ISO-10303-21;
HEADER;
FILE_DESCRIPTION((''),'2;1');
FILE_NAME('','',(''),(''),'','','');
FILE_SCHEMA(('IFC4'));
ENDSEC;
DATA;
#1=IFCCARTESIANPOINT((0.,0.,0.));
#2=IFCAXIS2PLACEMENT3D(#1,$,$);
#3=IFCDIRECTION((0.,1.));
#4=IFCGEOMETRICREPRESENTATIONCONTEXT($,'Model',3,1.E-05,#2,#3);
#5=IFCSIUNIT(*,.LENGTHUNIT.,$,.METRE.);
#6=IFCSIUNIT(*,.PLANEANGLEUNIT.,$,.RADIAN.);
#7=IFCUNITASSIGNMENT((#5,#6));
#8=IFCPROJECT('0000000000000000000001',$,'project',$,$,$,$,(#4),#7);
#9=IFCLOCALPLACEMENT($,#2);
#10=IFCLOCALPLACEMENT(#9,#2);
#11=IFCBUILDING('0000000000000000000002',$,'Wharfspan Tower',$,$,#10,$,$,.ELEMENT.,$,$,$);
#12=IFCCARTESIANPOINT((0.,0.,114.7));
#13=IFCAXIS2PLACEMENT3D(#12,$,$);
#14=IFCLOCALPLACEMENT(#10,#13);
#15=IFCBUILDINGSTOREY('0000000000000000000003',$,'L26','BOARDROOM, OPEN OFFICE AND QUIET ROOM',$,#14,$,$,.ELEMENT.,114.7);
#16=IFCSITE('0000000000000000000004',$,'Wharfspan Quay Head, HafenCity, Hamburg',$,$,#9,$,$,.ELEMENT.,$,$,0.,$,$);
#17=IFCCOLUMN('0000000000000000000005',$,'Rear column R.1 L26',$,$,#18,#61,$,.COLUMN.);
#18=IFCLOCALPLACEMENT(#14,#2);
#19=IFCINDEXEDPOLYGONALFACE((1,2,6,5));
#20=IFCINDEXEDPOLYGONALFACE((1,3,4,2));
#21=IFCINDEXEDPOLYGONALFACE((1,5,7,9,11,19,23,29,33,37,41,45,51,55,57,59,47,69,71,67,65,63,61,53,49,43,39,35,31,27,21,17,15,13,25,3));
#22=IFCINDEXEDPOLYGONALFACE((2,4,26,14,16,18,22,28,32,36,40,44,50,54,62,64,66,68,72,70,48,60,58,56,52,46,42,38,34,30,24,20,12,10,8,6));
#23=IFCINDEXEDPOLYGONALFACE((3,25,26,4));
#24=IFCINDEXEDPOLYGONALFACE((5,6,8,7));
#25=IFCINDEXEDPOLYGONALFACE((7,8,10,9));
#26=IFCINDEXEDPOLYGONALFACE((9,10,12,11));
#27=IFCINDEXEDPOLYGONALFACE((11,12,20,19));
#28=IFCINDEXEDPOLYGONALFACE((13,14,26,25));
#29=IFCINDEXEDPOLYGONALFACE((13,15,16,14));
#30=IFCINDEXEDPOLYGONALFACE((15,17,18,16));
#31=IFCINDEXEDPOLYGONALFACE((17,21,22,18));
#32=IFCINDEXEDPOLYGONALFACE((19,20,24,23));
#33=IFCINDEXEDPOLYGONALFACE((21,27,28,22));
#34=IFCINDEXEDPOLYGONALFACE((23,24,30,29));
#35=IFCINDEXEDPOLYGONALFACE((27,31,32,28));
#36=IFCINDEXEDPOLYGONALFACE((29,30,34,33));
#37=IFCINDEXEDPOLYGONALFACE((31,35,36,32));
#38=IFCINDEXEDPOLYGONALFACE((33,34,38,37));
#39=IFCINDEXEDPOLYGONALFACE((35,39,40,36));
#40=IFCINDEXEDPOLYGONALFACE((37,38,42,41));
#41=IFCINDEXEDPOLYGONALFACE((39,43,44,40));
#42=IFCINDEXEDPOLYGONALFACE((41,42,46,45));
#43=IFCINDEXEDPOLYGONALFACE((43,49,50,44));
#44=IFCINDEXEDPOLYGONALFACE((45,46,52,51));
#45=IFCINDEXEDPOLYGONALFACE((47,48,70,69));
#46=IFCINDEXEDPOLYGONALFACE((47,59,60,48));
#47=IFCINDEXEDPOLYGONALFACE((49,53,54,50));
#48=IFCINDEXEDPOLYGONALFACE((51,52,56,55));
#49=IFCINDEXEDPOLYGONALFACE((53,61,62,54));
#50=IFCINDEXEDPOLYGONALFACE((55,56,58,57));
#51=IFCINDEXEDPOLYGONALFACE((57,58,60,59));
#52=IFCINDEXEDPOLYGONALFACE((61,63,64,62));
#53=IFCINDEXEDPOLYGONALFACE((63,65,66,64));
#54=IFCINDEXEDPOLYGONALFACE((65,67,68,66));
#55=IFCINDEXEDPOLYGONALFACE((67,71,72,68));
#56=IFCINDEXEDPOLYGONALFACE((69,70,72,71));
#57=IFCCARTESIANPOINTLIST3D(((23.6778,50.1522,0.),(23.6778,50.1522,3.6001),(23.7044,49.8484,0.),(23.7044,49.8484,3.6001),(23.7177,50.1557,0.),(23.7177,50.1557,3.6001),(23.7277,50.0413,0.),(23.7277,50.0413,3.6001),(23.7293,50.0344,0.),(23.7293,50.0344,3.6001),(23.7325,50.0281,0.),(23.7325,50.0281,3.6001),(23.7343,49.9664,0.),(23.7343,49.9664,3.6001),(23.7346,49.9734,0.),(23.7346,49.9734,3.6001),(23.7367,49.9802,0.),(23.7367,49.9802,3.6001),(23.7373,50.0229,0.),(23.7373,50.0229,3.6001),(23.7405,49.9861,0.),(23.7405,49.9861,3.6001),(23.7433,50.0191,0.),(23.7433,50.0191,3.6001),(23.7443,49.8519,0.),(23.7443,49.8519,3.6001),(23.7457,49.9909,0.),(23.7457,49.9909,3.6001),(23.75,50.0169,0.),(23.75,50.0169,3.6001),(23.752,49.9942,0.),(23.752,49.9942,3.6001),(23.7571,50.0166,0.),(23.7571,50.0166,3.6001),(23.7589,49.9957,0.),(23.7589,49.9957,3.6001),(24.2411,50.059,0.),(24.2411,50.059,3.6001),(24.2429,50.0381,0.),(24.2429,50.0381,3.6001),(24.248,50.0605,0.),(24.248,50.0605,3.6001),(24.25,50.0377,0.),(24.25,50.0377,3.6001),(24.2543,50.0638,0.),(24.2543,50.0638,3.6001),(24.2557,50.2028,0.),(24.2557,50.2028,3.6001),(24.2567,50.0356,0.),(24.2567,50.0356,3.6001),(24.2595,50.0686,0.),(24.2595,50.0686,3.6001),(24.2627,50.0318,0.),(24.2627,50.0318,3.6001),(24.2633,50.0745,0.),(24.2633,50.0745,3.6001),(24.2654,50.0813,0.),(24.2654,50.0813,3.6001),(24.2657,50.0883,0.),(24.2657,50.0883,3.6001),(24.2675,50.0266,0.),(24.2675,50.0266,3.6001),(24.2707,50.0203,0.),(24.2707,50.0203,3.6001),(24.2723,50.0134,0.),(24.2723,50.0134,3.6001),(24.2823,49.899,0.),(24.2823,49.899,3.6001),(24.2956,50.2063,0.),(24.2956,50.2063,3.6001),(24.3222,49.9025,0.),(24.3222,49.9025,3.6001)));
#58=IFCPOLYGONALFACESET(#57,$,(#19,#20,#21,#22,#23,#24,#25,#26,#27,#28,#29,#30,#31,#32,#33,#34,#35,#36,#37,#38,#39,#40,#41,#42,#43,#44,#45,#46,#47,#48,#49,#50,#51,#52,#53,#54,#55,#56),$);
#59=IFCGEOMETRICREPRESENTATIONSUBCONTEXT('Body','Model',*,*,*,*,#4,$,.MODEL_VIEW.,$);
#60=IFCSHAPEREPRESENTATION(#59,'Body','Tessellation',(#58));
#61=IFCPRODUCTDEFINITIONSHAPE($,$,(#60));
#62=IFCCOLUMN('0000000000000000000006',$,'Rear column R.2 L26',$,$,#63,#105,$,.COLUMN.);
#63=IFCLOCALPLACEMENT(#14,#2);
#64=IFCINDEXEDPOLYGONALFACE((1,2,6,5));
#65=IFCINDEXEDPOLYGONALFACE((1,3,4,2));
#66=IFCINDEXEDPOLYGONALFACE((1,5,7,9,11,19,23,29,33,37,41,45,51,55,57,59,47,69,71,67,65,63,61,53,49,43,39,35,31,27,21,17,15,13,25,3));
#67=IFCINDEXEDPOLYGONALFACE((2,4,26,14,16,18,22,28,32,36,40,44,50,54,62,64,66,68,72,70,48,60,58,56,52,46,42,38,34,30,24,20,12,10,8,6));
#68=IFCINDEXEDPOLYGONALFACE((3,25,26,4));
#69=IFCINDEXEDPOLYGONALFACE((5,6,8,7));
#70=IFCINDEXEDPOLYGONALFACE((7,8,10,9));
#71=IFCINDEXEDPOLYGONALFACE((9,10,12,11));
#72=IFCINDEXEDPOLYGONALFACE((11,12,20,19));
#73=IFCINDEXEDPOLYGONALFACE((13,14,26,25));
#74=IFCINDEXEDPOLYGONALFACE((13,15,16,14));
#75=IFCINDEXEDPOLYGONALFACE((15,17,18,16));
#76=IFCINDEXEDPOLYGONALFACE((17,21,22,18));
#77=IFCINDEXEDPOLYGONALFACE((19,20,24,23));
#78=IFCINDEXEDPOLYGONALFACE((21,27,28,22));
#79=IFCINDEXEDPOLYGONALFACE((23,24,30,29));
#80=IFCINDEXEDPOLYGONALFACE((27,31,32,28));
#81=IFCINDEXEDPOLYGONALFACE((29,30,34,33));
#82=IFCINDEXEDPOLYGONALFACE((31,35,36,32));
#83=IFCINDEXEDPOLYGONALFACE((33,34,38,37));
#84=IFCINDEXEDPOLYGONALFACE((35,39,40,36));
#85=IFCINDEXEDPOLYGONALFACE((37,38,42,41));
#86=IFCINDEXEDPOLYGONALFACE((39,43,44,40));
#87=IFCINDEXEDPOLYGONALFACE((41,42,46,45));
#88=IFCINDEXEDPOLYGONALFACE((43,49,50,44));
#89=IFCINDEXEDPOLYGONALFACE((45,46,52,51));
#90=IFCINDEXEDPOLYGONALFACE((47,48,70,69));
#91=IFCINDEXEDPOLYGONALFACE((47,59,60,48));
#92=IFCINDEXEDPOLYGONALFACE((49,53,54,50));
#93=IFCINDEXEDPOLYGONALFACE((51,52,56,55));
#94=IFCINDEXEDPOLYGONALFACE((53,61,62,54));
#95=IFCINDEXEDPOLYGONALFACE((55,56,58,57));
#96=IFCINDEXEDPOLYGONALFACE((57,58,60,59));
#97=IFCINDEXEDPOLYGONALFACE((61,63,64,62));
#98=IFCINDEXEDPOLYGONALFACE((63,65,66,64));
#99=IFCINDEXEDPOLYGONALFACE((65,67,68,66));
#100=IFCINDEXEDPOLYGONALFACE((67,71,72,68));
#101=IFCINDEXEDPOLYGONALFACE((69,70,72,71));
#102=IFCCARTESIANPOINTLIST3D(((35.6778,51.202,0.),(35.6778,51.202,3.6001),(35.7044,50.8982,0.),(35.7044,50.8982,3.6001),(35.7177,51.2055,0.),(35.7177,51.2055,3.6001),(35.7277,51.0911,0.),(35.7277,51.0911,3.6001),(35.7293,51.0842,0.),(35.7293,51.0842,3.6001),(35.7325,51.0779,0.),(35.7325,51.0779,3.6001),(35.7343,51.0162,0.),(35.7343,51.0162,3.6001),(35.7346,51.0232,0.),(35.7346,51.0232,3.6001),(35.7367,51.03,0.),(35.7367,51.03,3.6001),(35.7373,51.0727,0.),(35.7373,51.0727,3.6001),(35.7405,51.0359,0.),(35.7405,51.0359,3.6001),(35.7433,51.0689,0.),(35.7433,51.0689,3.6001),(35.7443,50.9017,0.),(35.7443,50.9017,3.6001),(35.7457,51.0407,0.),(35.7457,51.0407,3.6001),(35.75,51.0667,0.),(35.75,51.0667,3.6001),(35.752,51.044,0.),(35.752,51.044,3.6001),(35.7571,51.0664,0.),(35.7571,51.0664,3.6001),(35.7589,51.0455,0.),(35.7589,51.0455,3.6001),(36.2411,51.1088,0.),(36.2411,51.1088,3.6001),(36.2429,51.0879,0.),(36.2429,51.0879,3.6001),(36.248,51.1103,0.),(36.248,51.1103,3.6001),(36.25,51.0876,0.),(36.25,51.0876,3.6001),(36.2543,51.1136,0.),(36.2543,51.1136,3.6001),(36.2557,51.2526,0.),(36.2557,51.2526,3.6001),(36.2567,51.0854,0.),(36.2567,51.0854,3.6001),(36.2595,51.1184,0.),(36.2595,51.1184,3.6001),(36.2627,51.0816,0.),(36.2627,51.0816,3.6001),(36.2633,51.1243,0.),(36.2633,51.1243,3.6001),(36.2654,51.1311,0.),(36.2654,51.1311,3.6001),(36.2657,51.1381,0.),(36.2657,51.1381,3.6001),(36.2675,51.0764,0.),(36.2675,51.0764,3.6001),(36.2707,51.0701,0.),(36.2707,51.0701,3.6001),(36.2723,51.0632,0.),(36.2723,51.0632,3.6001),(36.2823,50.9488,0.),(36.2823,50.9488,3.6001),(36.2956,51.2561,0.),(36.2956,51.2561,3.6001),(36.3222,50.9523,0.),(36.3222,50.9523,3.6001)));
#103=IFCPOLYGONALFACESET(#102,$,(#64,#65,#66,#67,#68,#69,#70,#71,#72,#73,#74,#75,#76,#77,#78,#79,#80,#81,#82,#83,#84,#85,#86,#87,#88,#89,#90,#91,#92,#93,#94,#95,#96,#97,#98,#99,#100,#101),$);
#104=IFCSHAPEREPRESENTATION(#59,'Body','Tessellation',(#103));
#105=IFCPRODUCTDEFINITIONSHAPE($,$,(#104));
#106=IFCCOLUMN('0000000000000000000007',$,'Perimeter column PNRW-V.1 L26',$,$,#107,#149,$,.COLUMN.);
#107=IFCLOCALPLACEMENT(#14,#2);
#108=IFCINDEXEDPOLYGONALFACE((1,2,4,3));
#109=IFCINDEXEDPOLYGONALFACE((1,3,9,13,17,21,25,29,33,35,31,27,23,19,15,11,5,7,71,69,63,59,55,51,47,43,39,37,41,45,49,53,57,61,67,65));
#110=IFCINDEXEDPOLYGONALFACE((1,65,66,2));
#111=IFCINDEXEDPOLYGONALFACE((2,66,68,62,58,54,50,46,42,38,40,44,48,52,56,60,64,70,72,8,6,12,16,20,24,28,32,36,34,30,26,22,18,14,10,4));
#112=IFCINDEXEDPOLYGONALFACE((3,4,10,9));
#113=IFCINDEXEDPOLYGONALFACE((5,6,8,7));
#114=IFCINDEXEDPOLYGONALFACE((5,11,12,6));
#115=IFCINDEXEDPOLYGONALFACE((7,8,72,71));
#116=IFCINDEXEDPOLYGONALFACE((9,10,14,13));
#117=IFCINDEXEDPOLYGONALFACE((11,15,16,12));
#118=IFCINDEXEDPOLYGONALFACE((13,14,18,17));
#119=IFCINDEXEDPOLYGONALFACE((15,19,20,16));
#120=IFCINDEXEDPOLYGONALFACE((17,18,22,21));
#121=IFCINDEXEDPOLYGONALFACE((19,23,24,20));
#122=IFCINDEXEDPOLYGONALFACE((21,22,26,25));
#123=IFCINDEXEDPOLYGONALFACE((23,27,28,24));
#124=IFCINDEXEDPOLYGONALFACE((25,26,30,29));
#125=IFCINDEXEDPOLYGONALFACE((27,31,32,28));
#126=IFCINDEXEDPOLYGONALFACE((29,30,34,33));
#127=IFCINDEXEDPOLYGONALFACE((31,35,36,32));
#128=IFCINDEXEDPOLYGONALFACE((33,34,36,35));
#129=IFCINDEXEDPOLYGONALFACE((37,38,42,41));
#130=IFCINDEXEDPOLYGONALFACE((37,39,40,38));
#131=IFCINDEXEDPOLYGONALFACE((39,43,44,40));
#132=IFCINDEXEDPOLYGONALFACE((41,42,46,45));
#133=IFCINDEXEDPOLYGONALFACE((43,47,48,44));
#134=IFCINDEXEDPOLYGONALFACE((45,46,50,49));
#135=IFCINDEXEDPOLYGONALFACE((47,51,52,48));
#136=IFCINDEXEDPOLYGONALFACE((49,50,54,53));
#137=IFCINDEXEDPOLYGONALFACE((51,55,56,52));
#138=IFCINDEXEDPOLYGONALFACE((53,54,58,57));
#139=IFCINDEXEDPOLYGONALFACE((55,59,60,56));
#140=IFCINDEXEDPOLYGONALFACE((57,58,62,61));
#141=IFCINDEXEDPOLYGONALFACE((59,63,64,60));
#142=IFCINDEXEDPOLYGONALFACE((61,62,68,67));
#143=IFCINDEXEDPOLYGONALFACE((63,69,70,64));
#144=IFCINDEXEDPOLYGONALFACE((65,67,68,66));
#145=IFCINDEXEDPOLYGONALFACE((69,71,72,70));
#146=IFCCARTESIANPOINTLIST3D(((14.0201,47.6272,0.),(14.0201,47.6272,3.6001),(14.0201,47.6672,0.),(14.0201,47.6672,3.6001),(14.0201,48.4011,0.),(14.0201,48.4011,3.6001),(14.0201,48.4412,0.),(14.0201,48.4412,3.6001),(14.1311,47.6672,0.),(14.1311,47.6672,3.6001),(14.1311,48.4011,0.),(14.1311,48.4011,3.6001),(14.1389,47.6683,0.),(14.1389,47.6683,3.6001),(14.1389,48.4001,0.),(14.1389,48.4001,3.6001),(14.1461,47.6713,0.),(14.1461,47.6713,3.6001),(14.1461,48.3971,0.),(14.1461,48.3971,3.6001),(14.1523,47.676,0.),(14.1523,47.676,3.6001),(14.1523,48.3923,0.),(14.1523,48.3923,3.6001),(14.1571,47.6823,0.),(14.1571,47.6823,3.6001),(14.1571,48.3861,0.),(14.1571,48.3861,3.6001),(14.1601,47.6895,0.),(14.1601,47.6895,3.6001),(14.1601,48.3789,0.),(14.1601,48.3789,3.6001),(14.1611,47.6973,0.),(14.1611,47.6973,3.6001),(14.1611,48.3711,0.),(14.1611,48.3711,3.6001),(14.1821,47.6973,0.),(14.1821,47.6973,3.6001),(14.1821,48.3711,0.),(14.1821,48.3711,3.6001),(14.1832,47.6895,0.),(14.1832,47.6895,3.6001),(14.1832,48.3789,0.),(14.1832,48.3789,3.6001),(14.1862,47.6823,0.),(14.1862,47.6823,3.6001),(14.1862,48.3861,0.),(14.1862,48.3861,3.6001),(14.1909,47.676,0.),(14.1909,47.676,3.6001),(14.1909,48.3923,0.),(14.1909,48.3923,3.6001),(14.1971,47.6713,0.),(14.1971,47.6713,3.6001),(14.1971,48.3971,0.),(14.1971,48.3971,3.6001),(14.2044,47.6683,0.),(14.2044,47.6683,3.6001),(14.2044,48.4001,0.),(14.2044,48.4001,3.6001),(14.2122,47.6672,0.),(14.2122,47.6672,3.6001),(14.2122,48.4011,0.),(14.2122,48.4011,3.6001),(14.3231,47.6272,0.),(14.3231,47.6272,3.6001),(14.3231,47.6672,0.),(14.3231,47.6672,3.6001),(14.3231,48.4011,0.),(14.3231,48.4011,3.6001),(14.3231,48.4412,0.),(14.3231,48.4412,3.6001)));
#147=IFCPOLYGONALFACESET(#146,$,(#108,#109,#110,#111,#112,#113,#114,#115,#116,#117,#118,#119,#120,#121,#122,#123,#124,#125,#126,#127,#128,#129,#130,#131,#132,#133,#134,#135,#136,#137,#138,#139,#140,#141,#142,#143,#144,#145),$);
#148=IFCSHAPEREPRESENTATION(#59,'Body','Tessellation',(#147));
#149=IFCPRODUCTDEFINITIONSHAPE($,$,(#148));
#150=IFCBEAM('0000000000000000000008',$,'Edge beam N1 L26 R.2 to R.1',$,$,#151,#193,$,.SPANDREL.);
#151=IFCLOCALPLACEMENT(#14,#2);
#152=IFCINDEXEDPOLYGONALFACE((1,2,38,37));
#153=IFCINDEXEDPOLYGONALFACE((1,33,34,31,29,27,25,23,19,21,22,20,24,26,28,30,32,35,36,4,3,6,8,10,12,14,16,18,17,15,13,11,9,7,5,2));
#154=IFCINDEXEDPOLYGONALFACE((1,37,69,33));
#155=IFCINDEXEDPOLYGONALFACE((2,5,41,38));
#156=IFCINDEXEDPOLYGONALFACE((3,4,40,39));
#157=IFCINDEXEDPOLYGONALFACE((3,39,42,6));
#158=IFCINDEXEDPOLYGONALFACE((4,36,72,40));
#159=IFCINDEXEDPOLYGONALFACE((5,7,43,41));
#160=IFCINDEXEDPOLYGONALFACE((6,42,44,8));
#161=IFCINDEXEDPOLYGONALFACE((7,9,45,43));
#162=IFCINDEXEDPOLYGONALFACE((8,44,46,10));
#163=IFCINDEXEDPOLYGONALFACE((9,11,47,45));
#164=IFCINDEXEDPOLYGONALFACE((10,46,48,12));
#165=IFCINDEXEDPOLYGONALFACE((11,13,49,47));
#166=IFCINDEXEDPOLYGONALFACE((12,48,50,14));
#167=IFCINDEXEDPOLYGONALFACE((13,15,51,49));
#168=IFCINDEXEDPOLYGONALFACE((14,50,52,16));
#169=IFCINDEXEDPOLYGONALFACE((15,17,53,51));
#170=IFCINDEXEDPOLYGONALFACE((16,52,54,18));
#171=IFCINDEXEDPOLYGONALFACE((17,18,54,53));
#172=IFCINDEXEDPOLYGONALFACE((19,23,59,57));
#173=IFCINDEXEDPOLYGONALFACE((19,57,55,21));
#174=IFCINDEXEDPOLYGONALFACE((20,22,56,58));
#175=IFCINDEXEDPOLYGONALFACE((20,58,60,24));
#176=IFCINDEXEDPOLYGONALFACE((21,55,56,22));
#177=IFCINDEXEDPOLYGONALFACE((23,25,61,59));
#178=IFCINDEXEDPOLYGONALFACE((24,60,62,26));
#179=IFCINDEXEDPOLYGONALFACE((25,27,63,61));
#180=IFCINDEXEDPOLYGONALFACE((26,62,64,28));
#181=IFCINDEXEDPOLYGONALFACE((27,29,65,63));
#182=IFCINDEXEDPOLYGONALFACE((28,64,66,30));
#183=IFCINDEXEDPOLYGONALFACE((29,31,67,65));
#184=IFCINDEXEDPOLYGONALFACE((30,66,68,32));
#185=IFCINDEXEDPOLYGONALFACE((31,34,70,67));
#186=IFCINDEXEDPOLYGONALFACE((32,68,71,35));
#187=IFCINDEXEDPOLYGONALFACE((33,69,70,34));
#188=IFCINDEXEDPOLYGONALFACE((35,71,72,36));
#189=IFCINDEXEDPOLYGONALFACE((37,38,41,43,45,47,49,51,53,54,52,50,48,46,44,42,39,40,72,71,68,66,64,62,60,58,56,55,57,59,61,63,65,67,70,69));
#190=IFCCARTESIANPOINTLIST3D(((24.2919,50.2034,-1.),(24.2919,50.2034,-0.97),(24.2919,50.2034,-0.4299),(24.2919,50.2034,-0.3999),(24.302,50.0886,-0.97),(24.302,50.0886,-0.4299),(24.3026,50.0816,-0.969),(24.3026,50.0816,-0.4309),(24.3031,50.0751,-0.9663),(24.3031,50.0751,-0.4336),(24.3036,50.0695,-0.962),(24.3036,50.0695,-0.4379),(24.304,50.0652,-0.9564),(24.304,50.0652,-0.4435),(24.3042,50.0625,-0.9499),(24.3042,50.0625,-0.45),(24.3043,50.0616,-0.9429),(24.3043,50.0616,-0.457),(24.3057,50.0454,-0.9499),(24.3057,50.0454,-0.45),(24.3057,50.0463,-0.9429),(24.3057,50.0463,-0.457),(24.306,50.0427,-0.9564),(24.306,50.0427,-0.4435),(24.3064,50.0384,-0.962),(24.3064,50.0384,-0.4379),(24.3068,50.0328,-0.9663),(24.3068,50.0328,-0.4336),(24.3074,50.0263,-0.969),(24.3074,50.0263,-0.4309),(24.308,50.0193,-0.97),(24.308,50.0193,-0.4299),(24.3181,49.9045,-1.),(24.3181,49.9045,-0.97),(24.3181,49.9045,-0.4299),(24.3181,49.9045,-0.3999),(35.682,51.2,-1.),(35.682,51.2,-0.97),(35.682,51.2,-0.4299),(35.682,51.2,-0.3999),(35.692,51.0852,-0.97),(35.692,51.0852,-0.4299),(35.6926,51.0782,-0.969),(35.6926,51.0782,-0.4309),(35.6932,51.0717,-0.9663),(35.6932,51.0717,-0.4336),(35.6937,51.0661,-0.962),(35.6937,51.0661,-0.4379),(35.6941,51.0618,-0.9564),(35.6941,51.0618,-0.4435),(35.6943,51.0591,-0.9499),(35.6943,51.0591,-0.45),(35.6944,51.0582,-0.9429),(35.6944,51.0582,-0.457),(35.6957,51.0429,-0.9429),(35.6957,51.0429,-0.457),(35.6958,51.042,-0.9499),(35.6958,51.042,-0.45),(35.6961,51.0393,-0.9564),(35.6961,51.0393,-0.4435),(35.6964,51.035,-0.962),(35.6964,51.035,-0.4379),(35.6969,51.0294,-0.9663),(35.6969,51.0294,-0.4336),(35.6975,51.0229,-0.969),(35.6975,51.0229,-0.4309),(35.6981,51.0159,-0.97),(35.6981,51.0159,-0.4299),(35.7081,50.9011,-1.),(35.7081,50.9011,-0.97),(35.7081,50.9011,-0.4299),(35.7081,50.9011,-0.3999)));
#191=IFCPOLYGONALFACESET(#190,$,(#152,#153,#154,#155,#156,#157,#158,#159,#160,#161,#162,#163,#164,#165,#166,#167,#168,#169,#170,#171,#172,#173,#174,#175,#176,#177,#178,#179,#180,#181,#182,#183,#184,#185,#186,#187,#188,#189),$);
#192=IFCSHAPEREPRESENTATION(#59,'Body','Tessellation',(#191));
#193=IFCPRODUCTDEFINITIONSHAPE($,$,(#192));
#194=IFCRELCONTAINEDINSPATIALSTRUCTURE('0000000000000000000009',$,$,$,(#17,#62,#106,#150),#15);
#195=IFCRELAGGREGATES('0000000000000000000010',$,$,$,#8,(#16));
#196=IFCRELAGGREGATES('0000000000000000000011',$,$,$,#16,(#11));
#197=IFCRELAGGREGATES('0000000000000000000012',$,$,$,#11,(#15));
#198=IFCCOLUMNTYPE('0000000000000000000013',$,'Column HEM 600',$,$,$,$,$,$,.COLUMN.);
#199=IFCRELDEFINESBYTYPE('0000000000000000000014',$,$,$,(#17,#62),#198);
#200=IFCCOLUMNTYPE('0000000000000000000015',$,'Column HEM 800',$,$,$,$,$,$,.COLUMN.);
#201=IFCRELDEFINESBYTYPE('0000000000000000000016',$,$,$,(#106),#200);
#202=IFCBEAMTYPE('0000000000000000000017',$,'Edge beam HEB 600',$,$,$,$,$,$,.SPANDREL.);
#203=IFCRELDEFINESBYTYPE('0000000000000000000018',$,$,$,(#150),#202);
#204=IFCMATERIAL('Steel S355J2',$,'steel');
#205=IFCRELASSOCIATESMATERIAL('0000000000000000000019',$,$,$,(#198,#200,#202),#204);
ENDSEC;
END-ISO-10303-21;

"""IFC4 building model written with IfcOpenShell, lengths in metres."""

from ifc_helpers import new_model, si_unit, direction, frame, origin, origin_2d, place, context, subcontext, project, spatial, i_section, extrude, material, material_profile, profile_set, type_object, element, save


model = new_model("IFC4")

# Units and contexts
model_context = context("Model", 3, precision=1e-05, world=origin(), true_north=direction((0.0, 1.0)))
body_context = subcontext(model_context, "Body", "Model", "MODEL_VIEW")
ifc_project = project(units=[si_unit("LENGTHUNIT", "METRE"), si_unit("PLANEANGLEUNIT", "RADIAN")], contexts=[model_context])

# Site, building, storey
site_placement = place(None, origin())
site = spatial("IfcSite", under=ifc_project, at=site_placement, Name="Wharfspan Quay Head, HafenCity, Hamburg", CompositionType="ELEMENT", RefElevation=0.0)
building_placement = place(site_placement, origin())
building = spatial("IfcBuilding", under=site, at=building_placement, Name="Wharfspan Tower", CompositionType="ELEMENT")
storey_placement = place(building_placement, frame((0.0, 0.0, 114.7)))
storey = spatial("IfcBuildingStorey", under=building, at=storey_placement, Name="L26", Description="BOARDROOM, OPEN OFFICE AND QUIET ROOM", CompositionType="ELEMENT", Elevation=114.7)

# Columns
ifc_material_1 = material(Name="Steel S355J2", Category="steel")
ifc_material_profile_1 = material_profile(ifc_material_1, i_section(OverallWidth=0.3049, OverallDepth=0.6201, WebThickness=0.021, FlangeThickness=0.04, FilletRadius=0.0271, at=origin_2d()))
ifc_profile_set_1 = profile_set([ifc_material_profile_1], Name="Steel S355J2")
column_type_1 = type_object("IfcColumnType", Name="Column HEM 600", PredefinedType="COLUMN", material=ifc_profile_set_1)
for number, where, z_axis, x_axis, name in (
    (1, (24.0, 50.0273, 0.0), (0.0, 0.0, 1.0), (-0.087156, 0.996198, 0.0), "Rear column R.1 L26"),
    (2, (36.0, 51.0771, 0.0), (0.0, 0.0, 1.0), (-0.087156, 0.996198, 0.0), "Rear column R.2 L26"),
):
    element("IfcColumn", number, at=place(storey_placement, frame(where, z_axis=z_axis, x_axis=x_axis)), inside=storey, type_object=column_type_1, Name=name, PredefinedType="COLUMN", context=body_context, shape_type="SweptSolid", body=[
        extrude(i_section(OverallWidth=0.3049, OverallDepth=0.6201, WebThickness=0.021, FlangeThickness=0.04, FilletRadius=0.0271, at=origin_2d()), origin(), (0.0, 0.0, 1.0), 3.6001),
    ])
ifc_material_profile_2 = material_profile(ifc_material_1, i_section(OverallWidth=0.303, OverallDepth=0.814, WebThickness=0.021, FlangeThickness=0.04, FilletRadius=0.03, at=origin_2d()))
ifc_profile_set_2 = profile_set([ifc_material_profile_2], Name="Steel S355J2")
column_type_2 = type_object("IfcColumnType", Name="Column HEM 800", PredefinedType="COLUMN", material=ifc_profile_set_2)
column_placement = place(storey_placement, frame((14.1716, 48.0342, 0.0), z_axis=(0.0, 0.0, 1.0), x_axis=(-1.0, 0.0, 0.0)))
element("IfcColumn", 3, at=column_placement, inside=storey, type_object=column_type_2, Name="Perimeter column PNRW-V.1 L26", PredefinedType="COLUMN", context=body_context, shape_type="SweptSolid", body=[
    extrude(i_section(OverallWidth=0.303, OverallDepth=0.814, WebThickness=0.021, FlangeThickness=0.04, FilletRadius=0.03, at=origin_2d()), origin(), (0.0, 0.0, 1.0), 3.6001),
])

# Beam
ifc_material_profile_3 = material_profile(ifc_material_1, i_section(OverallWidth=0.3, OverallDepth=0.6001, WebThickness=0.0154, FlangeThickness=0.03, FilletRadius=0.0271, at=origin_2d()))
ifc_profile_set_3 = profile_set([ifc_material_profile_3], Name="Steel S355J2")
beam_type = type_object("IfcBeamType", Name="Edge beam HEB 600", PredefinedType="SPANDREL", material=ifc_profile_set_3)
beam_1_placement = place(storey_placement, frame((35.6951, 51.0505, -0.7), z_axis=(-0.996194, -0.087162, 0.0), x_axis=(0.087162, -0.996194, 0.0)))
element("IfcBeam", 4, at=beam_1_placement, inside=storey, type_object=beam_type, Name="Edge beam N1 L26 R.2 to R.1", PredefinedType="SPANDREL", context=body_context, shape_type="SweptSolid", body=[
    extrude(i_section(OverallWidth=0.3, OverallDepth=0.6001, WebThickness=0.0154, FlangeThickness=0.03, FilletRadius=0.0271, at=origin_2d()), origin(), (0.0, 0.0, 1.0), 11.4336),
])

save(model, "model.ifc")
